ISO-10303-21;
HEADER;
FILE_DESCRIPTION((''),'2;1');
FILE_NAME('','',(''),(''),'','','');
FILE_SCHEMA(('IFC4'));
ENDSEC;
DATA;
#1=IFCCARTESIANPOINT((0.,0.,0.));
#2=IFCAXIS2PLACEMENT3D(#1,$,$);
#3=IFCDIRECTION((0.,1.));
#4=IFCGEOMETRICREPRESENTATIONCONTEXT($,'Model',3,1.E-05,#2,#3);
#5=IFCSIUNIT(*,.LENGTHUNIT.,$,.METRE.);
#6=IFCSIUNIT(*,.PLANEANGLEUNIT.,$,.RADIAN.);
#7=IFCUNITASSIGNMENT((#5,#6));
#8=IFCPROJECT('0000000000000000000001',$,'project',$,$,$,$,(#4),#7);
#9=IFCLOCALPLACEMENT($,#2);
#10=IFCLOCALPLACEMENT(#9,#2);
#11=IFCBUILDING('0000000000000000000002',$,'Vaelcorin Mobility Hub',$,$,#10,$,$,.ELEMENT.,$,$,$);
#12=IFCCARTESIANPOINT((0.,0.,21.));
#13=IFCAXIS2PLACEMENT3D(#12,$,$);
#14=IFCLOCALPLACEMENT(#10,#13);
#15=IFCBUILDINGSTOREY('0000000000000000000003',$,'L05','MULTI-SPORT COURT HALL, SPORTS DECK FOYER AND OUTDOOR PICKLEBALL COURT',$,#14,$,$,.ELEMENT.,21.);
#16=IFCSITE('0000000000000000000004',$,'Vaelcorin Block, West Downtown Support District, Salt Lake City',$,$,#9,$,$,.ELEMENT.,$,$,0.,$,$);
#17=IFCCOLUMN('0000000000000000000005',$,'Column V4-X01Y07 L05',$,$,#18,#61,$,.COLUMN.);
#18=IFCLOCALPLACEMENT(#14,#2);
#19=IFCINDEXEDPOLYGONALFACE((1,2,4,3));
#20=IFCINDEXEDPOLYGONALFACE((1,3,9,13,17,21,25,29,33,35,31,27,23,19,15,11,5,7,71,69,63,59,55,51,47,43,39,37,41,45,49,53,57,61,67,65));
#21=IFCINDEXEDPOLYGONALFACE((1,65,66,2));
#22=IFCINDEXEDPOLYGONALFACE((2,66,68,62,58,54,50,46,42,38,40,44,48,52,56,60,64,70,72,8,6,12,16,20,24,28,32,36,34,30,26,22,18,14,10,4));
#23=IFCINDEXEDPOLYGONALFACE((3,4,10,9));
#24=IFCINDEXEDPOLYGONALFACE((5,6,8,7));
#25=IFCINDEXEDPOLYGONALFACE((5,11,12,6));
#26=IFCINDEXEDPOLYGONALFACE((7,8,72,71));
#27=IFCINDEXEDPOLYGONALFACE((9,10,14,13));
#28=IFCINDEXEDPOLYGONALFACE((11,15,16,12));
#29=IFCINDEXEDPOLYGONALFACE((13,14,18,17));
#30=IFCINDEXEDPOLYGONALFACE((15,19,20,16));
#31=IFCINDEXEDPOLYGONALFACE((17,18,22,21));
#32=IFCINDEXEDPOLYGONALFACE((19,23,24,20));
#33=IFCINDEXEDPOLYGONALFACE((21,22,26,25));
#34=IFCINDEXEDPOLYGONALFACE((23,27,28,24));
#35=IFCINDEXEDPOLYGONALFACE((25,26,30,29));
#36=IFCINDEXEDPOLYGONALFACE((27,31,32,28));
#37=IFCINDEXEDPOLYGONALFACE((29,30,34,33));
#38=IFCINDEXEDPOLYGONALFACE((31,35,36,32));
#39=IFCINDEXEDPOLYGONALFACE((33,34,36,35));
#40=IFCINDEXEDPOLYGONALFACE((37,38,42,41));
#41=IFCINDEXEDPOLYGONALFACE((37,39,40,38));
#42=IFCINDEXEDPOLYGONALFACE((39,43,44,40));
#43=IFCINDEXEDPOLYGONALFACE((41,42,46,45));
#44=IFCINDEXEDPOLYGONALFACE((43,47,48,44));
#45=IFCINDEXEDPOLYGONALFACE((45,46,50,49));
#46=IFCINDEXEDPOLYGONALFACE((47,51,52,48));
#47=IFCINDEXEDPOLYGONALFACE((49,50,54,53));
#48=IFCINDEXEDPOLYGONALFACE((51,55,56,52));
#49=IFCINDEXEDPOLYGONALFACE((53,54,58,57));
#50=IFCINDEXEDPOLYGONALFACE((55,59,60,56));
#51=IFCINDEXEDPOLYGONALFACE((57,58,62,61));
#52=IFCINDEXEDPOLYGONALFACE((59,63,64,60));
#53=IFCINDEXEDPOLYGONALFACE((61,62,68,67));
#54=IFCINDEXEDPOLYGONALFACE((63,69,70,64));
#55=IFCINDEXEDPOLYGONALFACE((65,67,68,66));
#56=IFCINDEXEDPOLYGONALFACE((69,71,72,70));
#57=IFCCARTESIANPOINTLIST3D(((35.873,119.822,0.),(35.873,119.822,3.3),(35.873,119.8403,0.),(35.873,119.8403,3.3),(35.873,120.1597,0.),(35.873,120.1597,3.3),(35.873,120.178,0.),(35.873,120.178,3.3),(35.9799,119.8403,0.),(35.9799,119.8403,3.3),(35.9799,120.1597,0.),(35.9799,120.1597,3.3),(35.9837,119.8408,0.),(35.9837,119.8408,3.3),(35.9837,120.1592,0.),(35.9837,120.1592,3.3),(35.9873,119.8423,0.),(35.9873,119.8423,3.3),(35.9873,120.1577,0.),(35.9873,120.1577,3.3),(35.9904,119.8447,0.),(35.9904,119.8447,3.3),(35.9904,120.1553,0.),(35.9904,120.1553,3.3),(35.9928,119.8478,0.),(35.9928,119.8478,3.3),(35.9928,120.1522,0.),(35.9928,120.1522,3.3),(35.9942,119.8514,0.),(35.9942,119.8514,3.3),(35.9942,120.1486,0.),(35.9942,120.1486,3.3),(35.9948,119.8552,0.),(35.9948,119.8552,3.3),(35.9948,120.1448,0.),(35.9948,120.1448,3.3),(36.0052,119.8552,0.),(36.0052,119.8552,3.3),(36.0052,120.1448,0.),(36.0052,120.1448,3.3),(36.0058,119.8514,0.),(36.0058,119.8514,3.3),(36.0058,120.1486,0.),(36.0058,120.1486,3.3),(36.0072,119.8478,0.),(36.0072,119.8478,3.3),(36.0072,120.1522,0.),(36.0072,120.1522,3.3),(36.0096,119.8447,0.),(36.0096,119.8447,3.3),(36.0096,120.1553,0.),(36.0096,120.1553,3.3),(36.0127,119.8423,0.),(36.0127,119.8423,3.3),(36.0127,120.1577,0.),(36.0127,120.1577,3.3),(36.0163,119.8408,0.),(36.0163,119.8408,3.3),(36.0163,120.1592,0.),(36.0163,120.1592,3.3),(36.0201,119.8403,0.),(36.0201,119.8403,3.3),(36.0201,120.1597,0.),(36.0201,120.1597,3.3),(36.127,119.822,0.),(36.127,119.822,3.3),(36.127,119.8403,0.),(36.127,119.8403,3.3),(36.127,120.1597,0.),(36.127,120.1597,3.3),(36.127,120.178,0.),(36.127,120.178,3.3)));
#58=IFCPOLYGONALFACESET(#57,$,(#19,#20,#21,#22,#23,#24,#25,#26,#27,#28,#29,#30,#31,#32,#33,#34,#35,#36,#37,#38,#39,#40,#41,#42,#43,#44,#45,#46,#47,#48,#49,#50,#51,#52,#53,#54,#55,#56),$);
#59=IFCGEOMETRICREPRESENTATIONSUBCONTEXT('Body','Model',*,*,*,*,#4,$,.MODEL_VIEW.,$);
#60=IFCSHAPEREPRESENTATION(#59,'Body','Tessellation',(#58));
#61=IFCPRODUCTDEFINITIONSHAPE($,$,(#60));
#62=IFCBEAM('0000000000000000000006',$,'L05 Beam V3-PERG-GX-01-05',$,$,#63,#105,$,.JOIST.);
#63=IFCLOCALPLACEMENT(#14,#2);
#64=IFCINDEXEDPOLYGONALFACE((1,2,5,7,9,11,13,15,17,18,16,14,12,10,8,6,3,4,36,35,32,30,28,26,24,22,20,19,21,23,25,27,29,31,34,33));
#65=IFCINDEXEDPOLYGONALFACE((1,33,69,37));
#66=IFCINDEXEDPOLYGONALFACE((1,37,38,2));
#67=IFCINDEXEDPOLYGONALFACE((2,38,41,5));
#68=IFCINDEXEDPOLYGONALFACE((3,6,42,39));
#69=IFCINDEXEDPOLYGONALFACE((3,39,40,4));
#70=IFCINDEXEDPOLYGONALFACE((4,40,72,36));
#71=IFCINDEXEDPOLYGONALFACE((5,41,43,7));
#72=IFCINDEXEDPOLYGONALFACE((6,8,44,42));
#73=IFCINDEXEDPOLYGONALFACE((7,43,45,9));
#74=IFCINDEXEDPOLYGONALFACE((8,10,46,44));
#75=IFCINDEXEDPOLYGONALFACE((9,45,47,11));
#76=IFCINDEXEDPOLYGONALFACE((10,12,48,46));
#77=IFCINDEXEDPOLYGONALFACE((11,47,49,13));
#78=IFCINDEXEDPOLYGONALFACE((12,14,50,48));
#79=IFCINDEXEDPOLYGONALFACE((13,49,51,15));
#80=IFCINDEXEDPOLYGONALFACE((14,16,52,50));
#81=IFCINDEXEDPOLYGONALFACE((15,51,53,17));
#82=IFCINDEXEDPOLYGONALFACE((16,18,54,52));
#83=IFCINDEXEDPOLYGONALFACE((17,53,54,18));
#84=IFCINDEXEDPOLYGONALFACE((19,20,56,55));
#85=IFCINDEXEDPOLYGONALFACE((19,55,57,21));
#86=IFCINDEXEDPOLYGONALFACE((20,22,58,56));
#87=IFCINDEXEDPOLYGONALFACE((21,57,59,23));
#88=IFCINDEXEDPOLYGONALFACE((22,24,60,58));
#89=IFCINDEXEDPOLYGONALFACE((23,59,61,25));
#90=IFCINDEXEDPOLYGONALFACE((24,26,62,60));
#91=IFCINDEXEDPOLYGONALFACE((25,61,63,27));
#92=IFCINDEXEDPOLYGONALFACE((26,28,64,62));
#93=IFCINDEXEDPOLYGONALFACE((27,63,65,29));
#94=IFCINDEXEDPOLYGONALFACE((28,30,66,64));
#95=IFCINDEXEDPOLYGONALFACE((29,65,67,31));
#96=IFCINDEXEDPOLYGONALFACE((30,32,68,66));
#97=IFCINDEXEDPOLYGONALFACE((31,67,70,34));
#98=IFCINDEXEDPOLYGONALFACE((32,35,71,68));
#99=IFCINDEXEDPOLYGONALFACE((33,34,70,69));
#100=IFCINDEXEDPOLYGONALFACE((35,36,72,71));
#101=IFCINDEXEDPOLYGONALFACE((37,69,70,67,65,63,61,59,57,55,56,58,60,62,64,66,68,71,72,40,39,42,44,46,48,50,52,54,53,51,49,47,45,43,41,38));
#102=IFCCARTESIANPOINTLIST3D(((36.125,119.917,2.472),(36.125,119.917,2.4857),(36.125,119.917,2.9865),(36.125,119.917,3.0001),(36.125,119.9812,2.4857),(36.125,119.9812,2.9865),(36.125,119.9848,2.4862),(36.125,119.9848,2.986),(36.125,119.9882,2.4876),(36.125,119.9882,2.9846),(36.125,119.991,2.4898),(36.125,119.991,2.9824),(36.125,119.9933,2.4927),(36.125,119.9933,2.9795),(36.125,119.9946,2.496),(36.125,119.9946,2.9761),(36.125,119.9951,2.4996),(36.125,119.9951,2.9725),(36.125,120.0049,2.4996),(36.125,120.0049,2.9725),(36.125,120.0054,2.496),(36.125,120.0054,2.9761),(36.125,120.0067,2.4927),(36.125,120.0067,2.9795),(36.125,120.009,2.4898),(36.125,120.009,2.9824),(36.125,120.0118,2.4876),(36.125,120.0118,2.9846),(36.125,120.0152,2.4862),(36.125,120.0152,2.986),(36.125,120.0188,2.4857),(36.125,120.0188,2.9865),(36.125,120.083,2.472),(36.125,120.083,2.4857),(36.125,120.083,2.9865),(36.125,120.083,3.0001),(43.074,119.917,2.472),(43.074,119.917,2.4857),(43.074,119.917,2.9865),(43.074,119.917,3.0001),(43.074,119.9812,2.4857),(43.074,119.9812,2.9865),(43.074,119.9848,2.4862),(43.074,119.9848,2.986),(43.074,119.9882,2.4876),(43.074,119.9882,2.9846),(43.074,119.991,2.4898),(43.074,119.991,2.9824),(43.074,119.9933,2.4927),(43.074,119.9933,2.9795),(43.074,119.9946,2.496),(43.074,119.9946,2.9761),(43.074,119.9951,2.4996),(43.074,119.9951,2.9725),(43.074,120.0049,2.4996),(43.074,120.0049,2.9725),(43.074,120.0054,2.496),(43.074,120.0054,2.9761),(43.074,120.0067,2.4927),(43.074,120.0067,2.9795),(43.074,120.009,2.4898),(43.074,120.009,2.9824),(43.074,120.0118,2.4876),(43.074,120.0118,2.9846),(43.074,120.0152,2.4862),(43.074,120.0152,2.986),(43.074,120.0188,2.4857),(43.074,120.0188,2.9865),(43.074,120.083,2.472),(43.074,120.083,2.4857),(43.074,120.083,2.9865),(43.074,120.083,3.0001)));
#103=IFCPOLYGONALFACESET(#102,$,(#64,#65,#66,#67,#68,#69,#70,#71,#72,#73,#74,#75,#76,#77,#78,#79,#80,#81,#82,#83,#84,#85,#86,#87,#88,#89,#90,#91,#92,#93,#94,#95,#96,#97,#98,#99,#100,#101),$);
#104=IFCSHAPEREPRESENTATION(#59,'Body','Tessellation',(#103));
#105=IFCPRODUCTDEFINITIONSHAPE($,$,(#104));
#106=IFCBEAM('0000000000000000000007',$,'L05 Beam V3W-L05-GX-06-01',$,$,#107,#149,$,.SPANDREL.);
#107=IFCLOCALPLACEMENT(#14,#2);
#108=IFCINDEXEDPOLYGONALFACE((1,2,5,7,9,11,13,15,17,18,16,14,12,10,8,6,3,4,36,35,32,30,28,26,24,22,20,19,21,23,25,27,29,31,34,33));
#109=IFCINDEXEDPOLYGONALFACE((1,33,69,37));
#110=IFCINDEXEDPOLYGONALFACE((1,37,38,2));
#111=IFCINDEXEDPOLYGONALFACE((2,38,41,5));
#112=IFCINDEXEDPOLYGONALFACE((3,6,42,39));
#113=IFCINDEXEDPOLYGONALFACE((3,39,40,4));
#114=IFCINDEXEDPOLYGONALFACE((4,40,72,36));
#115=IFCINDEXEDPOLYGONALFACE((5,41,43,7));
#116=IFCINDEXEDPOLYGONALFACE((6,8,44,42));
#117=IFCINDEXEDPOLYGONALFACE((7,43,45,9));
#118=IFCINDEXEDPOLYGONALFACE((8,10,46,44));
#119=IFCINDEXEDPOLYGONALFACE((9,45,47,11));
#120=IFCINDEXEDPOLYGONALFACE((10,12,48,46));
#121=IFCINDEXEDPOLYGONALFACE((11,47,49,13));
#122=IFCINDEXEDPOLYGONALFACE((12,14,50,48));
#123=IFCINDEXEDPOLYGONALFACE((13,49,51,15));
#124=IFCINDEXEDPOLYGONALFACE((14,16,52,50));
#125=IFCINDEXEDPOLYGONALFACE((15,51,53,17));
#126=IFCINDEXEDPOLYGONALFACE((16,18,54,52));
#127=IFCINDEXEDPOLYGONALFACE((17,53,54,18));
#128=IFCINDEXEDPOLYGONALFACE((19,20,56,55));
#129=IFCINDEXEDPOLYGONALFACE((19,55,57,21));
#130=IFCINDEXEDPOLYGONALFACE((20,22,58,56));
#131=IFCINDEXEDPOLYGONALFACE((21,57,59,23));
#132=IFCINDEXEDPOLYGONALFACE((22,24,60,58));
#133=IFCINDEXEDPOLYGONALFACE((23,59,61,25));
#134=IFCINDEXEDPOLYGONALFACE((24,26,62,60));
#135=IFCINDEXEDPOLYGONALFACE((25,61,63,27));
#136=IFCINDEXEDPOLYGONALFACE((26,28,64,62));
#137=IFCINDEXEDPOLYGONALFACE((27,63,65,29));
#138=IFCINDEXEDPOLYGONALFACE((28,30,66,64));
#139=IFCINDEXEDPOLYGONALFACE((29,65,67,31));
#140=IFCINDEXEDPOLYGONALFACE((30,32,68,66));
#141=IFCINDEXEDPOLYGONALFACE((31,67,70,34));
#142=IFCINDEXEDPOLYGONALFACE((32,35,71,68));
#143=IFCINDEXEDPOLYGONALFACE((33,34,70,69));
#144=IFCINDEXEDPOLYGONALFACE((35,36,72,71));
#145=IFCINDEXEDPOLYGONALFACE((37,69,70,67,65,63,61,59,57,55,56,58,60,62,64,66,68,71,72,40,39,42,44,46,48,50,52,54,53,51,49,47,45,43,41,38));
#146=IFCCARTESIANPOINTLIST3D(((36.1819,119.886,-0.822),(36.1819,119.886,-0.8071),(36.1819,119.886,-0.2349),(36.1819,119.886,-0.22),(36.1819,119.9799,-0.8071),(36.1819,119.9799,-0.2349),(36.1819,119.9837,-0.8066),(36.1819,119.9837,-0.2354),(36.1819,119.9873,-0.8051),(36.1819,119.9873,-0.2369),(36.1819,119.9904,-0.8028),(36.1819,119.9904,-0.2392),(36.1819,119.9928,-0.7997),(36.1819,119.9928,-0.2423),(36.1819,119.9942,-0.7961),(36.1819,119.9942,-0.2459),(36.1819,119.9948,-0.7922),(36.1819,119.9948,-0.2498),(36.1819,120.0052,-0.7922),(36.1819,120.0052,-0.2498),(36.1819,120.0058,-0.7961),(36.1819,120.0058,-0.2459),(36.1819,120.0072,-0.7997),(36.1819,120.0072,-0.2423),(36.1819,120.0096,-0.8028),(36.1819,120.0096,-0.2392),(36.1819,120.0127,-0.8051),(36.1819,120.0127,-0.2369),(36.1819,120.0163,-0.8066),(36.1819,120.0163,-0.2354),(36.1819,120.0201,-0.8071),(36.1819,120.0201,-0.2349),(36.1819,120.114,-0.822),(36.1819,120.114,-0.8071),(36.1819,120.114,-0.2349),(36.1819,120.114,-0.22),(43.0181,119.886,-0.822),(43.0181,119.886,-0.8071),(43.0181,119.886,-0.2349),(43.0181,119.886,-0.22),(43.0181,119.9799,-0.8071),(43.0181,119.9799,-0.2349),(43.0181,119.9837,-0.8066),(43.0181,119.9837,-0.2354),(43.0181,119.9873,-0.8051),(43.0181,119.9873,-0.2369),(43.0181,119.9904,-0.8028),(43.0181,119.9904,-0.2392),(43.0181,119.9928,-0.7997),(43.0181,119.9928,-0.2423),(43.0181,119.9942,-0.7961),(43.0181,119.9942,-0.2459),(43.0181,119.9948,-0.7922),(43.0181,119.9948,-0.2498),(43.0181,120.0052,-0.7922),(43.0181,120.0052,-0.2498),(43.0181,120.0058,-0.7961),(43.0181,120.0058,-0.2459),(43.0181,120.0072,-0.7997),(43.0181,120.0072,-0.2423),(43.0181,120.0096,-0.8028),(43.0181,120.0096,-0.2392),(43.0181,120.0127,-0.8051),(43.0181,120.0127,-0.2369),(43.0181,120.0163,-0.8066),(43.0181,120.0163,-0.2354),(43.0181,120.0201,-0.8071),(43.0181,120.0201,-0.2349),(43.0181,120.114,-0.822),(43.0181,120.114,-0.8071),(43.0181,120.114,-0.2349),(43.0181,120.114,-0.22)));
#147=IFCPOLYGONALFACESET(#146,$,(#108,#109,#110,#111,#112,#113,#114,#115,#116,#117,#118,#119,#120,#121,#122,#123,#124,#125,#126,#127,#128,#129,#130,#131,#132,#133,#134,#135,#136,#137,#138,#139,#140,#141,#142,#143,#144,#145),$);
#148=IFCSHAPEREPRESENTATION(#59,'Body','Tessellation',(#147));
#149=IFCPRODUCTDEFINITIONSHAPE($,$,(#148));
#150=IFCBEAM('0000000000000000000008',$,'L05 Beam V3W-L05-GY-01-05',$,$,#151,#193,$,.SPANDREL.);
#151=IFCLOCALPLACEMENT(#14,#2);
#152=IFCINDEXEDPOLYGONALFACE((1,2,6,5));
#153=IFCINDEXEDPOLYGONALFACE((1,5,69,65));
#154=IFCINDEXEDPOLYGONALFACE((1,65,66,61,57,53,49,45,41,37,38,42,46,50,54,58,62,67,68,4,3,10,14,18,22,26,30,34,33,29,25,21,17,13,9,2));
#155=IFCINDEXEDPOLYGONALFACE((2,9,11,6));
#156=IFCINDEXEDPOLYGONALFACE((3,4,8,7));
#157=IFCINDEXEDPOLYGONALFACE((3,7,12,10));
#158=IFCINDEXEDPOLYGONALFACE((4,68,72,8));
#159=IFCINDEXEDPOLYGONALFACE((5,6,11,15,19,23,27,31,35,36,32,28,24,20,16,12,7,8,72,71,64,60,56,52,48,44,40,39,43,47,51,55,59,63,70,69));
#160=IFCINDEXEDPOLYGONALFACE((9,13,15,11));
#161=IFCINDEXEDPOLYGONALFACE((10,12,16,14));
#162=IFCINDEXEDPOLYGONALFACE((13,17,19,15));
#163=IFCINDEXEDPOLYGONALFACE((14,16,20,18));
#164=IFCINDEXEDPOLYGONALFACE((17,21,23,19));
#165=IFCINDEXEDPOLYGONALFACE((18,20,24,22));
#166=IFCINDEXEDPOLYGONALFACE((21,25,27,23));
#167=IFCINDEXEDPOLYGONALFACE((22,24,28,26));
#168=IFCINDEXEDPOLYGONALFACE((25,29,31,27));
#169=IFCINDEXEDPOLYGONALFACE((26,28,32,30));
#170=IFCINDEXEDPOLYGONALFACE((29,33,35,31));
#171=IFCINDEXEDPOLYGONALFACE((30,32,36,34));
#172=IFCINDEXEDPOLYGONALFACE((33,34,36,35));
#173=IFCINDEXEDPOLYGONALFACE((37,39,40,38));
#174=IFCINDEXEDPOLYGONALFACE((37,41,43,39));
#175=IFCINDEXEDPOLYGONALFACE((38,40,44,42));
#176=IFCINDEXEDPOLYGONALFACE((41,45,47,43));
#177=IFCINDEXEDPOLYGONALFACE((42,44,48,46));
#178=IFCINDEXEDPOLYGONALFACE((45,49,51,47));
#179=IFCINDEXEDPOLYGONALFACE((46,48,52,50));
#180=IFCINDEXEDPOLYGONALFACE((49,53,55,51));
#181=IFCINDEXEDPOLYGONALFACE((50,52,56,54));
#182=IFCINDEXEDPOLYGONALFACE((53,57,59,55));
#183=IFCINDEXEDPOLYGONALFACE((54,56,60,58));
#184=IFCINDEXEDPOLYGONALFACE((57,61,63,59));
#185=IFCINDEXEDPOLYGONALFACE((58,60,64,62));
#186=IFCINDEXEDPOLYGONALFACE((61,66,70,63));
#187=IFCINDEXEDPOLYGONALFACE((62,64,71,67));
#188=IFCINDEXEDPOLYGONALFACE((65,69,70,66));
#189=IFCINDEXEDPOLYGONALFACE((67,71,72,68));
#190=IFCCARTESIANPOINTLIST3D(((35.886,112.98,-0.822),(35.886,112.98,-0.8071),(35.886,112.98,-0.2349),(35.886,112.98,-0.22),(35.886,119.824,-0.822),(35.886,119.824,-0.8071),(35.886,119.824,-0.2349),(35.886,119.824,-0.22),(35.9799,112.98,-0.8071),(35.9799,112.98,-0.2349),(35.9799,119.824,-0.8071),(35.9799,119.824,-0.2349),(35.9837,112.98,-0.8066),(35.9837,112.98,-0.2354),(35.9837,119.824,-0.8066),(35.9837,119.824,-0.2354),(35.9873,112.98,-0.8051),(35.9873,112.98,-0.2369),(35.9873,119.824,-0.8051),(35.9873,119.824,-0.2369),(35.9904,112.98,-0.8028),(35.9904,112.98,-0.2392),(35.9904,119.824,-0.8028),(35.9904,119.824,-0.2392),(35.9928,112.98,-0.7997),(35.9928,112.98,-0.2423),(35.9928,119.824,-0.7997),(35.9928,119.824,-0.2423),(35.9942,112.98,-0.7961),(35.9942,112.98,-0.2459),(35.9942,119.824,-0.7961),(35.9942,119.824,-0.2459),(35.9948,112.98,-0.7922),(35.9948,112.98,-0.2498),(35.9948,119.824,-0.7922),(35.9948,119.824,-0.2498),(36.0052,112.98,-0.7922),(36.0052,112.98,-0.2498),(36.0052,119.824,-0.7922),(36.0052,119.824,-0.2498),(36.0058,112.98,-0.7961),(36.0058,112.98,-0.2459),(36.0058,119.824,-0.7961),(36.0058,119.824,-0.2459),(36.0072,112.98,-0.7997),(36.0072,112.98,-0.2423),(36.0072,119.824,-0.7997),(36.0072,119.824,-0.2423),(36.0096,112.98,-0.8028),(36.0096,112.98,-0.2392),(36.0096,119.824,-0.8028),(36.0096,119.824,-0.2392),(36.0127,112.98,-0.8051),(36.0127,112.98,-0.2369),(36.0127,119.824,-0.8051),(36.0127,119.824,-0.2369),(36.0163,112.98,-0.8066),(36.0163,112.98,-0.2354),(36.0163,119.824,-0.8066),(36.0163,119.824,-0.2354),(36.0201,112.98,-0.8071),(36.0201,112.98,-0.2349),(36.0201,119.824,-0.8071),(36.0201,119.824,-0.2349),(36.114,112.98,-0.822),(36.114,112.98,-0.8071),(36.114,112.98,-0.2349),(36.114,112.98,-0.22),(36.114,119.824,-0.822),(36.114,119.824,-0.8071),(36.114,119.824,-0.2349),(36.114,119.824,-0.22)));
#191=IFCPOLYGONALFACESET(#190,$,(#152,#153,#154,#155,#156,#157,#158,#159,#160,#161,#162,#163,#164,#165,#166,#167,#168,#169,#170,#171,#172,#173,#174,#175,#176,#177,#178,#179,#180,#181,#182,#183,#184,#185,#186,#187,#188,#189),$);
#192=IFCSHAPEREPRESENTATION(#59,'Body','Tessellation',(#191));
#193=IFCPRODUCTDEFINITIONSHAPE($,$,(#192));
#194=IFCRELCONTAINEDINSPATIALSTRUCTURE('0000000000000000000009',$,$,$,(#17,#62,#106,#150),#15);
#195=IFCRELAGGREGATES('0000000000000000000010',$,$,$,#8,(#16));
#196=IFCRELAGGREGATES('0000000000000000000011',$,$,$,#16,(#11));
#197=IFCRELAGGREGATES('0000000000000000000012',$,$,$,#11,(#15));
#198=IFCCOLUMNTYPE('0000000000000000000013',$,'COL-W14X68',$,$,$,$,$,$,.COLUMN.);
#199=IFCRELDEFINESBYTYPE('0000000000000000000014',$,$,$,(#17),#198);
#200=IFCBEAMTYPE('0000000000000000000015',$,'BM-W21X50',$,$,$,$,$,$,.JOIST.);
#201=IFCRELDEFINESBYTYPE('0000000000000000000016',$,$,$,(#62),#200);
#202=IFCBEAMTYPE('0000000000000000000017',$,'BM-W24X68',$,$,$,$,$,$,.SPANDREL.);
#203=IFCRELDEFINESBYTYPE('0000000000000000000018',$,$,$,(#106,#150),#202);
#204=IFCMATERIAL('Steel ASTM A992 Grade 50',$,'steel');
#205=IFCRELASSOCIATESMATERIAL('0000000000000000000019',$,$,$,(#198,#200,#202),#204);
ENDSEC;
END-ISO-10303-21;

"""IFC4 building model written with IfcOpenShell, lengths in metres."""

from ifc_helpers import new_model, si_unit, direction, frame, origin, origin_2d, place, context, subcontext, project, spatial, i_section, extrude, material, material_profile, profile_set, type_object, element, save


model = new_model("IFC4")

# Units and contexts
model_context = context("Model", 3, precision=1e-05, world=origin(), true_north=direction((0.0, 1.0)))
body_context = subcontext(model_context, "Body", "Model", "MODEL_VIEW")
ifc_project = project(units=[si_unit("LENGTHUNIT", "METRE"), si_unit("PLANEANGLEUNIT", "RADIAN")], contexts=[model_context])

# Site, building, storey
site_placement = place(None, origin())
site = spatial("IfcSite", under=ifc_project, at=site_placement, Name="Vaelcorin Block, West Downtown Support District, Salt Lake City", CompositionType="ELEMENT", RefElevation=0.0)
building_placement = place(site_placement, origin())
building = spatial("IfcBuilding", under=site, at=building_placement, Name="Vaelcorin Mobility Hub", CompositionType="ELEMENT")
storey_placement = place(building_placement, frame((0.0, 0.0, 21.0)))
storey = spatial("IfcBuildingStorey", under=building, at=storey_placement, Name="L05", Description="MULTI-SPORT COURT HALL, SPORTS DECK FOYER AND OUTDOOR PICKLEBALL COURT", CompositionType="ELEMENT", Elevation=21.0)

# Column
ifc_material_1 = material(Name="Steel ASTM A992 Grade 50", Category="steel")
ifc_material_profile_1 = material_profile(ifc_material_1, i_section(OverallWidth=0.2539, OverallDepth=0.356, WebThickness=0.0105, FlangeThickness=0.0183, FilletRadius=0.0149, at=origin_2d()), Name="W14X68")
ifc_profile_set_1 = profile_set([ifc_material_profile_1], Name="Steel ASTM A992 Grade 50")
column_type = type_object("IfcColumnType", Name="COL-W14X68", PredefinedType="COLUMN", material=ifc_profile_set_1)
column_placement = place(storey_placement, frame((36.0, 120.0, 0.0), z_axis=(0.0, 0.0, 1.0), x_axis=(1.0, 0.0, 0.0)))
element("IfcColumn", 1, at=column_placement, inside=storey, type_object=column_type, Name="Column V4-X01Y07 L05", PredefinedType="COLUMN", context=body_context, shape_type="SweptSolid", body=[
    extrude(i_section(OverallWidth=0.2539, OverallDepth=0.356, WebThickness=0.0105, FlangeThickness=0.0183, FilletRadius=0.0149, at=origin_2d()), origin(), (0.0, 0.0, 1.0), 3.3),
])

# Beams
ifc_material_profile_2 = material_profile(ifc_material_1, i_section(OverallWidth=0.166, OverallDepth=0.5281, WebThickness=0.0098, FlangeThickness=0.0137, FilletRadius=0.0139, at=origin_2d()), Name="W21X50")
ifc_profile_set_2 = profile_set([ifc_material_profile_2], Name="Steel ASTM A992 Grade 50")
beam_type_1 = type_object("IfcBeamType", Name="BM-W21X50", PredefinedType="JOIST", material=ifc_profile_set_2)
beam_1_placement = place(storey_placement, frame((36.125, 120.0, 2.7361), z_axis=(1.0, 0.0, 0.0), x_axis=(0.0, 1.0, 0.0)))
element("IfcBeam", 2, at=beam_1_placement, inside=storey, type_object=beam_type_1, Name="L05 Beam V3-PERG-GX-01-05", PredefinedType="JOIST", context=body_context, shape_type="SweptSolid", body=[
    extrude(i_section(OverallWidth=0.166, OverallDepth=0.5281, WebThickness=0.0098, FlangeThickness=0.0137, FilletRadius=0.0139, at=origin_2d()), origin(), (0.0, 0.0, 1.0), 6.949),
])
ifc_material_profile_3 = material_profile(ifc_material_1, i_section(OverallWidth=0.228, OverallDepth=0.6021, WebThickness=0.0105, FlangeThickness=0.0149, FilletRadius=0.0149, at=origin_2d()), Name="W24X68")
ifc_profile_set_3 = profile_set([ifc_material_profile_3], Name="Steel ASTM A992 Grade 50")
beam_type_2 = type_object("IfcBeamType", Name="BM-W24X68", PredefinedType="SPANDREL", material=ifc_profile_set_3)
beam_2_placement = place(storey_placement, frame((36.1819, 120.0, -0.521), z_axis=(1.0, 0.0, 0.0), x_axis=(0.0, 1.0, 0.0)))
element("IfcBeam", 3, at=beam_2_placement, inside=storey, type_object=beam_type_2, Name="L05 Beam V3W-L05-GX-06-01", PredefinedType="SPANDREL", context=body_context, shape_type="SweptSolid", body=[
    extrude(i_section(OverallWidth=0.228, OverallDepth=0.6021, WebThickness=0.0105, FlangeThickness=0.0149, FilletRadius=0.0149, at=origin_2d()), origin(), (0.0, 0.0, 1.0), 6.8362),
])
beam_3_placement = place(storey_placement, frame((36.0, 112.98, -0.521), z_axis=(0.0, 1.0, 0.0), x_axis=(-1.0, 0.0, 0.0)))
element("IfcBeam", 4, at=beam_3_placement, inside=storey, type_object=beam_type_2, Name="L05 Beam V3W-L05-GY-01-05", PredefinedType="SPANDREL", context=body_context, shape_type="SweptSolid", body=[
    extrude(i_section(OverallWidth=0.228, OverallDepth=0.6021, WebThickness=0.0105, FlangeThickness=0.0149, FilletRadius=0.0149, at=origin_2d()), origin(), (0.0, 0.0, 1.0), 6.844),
])

save(model, "model.ifc")
